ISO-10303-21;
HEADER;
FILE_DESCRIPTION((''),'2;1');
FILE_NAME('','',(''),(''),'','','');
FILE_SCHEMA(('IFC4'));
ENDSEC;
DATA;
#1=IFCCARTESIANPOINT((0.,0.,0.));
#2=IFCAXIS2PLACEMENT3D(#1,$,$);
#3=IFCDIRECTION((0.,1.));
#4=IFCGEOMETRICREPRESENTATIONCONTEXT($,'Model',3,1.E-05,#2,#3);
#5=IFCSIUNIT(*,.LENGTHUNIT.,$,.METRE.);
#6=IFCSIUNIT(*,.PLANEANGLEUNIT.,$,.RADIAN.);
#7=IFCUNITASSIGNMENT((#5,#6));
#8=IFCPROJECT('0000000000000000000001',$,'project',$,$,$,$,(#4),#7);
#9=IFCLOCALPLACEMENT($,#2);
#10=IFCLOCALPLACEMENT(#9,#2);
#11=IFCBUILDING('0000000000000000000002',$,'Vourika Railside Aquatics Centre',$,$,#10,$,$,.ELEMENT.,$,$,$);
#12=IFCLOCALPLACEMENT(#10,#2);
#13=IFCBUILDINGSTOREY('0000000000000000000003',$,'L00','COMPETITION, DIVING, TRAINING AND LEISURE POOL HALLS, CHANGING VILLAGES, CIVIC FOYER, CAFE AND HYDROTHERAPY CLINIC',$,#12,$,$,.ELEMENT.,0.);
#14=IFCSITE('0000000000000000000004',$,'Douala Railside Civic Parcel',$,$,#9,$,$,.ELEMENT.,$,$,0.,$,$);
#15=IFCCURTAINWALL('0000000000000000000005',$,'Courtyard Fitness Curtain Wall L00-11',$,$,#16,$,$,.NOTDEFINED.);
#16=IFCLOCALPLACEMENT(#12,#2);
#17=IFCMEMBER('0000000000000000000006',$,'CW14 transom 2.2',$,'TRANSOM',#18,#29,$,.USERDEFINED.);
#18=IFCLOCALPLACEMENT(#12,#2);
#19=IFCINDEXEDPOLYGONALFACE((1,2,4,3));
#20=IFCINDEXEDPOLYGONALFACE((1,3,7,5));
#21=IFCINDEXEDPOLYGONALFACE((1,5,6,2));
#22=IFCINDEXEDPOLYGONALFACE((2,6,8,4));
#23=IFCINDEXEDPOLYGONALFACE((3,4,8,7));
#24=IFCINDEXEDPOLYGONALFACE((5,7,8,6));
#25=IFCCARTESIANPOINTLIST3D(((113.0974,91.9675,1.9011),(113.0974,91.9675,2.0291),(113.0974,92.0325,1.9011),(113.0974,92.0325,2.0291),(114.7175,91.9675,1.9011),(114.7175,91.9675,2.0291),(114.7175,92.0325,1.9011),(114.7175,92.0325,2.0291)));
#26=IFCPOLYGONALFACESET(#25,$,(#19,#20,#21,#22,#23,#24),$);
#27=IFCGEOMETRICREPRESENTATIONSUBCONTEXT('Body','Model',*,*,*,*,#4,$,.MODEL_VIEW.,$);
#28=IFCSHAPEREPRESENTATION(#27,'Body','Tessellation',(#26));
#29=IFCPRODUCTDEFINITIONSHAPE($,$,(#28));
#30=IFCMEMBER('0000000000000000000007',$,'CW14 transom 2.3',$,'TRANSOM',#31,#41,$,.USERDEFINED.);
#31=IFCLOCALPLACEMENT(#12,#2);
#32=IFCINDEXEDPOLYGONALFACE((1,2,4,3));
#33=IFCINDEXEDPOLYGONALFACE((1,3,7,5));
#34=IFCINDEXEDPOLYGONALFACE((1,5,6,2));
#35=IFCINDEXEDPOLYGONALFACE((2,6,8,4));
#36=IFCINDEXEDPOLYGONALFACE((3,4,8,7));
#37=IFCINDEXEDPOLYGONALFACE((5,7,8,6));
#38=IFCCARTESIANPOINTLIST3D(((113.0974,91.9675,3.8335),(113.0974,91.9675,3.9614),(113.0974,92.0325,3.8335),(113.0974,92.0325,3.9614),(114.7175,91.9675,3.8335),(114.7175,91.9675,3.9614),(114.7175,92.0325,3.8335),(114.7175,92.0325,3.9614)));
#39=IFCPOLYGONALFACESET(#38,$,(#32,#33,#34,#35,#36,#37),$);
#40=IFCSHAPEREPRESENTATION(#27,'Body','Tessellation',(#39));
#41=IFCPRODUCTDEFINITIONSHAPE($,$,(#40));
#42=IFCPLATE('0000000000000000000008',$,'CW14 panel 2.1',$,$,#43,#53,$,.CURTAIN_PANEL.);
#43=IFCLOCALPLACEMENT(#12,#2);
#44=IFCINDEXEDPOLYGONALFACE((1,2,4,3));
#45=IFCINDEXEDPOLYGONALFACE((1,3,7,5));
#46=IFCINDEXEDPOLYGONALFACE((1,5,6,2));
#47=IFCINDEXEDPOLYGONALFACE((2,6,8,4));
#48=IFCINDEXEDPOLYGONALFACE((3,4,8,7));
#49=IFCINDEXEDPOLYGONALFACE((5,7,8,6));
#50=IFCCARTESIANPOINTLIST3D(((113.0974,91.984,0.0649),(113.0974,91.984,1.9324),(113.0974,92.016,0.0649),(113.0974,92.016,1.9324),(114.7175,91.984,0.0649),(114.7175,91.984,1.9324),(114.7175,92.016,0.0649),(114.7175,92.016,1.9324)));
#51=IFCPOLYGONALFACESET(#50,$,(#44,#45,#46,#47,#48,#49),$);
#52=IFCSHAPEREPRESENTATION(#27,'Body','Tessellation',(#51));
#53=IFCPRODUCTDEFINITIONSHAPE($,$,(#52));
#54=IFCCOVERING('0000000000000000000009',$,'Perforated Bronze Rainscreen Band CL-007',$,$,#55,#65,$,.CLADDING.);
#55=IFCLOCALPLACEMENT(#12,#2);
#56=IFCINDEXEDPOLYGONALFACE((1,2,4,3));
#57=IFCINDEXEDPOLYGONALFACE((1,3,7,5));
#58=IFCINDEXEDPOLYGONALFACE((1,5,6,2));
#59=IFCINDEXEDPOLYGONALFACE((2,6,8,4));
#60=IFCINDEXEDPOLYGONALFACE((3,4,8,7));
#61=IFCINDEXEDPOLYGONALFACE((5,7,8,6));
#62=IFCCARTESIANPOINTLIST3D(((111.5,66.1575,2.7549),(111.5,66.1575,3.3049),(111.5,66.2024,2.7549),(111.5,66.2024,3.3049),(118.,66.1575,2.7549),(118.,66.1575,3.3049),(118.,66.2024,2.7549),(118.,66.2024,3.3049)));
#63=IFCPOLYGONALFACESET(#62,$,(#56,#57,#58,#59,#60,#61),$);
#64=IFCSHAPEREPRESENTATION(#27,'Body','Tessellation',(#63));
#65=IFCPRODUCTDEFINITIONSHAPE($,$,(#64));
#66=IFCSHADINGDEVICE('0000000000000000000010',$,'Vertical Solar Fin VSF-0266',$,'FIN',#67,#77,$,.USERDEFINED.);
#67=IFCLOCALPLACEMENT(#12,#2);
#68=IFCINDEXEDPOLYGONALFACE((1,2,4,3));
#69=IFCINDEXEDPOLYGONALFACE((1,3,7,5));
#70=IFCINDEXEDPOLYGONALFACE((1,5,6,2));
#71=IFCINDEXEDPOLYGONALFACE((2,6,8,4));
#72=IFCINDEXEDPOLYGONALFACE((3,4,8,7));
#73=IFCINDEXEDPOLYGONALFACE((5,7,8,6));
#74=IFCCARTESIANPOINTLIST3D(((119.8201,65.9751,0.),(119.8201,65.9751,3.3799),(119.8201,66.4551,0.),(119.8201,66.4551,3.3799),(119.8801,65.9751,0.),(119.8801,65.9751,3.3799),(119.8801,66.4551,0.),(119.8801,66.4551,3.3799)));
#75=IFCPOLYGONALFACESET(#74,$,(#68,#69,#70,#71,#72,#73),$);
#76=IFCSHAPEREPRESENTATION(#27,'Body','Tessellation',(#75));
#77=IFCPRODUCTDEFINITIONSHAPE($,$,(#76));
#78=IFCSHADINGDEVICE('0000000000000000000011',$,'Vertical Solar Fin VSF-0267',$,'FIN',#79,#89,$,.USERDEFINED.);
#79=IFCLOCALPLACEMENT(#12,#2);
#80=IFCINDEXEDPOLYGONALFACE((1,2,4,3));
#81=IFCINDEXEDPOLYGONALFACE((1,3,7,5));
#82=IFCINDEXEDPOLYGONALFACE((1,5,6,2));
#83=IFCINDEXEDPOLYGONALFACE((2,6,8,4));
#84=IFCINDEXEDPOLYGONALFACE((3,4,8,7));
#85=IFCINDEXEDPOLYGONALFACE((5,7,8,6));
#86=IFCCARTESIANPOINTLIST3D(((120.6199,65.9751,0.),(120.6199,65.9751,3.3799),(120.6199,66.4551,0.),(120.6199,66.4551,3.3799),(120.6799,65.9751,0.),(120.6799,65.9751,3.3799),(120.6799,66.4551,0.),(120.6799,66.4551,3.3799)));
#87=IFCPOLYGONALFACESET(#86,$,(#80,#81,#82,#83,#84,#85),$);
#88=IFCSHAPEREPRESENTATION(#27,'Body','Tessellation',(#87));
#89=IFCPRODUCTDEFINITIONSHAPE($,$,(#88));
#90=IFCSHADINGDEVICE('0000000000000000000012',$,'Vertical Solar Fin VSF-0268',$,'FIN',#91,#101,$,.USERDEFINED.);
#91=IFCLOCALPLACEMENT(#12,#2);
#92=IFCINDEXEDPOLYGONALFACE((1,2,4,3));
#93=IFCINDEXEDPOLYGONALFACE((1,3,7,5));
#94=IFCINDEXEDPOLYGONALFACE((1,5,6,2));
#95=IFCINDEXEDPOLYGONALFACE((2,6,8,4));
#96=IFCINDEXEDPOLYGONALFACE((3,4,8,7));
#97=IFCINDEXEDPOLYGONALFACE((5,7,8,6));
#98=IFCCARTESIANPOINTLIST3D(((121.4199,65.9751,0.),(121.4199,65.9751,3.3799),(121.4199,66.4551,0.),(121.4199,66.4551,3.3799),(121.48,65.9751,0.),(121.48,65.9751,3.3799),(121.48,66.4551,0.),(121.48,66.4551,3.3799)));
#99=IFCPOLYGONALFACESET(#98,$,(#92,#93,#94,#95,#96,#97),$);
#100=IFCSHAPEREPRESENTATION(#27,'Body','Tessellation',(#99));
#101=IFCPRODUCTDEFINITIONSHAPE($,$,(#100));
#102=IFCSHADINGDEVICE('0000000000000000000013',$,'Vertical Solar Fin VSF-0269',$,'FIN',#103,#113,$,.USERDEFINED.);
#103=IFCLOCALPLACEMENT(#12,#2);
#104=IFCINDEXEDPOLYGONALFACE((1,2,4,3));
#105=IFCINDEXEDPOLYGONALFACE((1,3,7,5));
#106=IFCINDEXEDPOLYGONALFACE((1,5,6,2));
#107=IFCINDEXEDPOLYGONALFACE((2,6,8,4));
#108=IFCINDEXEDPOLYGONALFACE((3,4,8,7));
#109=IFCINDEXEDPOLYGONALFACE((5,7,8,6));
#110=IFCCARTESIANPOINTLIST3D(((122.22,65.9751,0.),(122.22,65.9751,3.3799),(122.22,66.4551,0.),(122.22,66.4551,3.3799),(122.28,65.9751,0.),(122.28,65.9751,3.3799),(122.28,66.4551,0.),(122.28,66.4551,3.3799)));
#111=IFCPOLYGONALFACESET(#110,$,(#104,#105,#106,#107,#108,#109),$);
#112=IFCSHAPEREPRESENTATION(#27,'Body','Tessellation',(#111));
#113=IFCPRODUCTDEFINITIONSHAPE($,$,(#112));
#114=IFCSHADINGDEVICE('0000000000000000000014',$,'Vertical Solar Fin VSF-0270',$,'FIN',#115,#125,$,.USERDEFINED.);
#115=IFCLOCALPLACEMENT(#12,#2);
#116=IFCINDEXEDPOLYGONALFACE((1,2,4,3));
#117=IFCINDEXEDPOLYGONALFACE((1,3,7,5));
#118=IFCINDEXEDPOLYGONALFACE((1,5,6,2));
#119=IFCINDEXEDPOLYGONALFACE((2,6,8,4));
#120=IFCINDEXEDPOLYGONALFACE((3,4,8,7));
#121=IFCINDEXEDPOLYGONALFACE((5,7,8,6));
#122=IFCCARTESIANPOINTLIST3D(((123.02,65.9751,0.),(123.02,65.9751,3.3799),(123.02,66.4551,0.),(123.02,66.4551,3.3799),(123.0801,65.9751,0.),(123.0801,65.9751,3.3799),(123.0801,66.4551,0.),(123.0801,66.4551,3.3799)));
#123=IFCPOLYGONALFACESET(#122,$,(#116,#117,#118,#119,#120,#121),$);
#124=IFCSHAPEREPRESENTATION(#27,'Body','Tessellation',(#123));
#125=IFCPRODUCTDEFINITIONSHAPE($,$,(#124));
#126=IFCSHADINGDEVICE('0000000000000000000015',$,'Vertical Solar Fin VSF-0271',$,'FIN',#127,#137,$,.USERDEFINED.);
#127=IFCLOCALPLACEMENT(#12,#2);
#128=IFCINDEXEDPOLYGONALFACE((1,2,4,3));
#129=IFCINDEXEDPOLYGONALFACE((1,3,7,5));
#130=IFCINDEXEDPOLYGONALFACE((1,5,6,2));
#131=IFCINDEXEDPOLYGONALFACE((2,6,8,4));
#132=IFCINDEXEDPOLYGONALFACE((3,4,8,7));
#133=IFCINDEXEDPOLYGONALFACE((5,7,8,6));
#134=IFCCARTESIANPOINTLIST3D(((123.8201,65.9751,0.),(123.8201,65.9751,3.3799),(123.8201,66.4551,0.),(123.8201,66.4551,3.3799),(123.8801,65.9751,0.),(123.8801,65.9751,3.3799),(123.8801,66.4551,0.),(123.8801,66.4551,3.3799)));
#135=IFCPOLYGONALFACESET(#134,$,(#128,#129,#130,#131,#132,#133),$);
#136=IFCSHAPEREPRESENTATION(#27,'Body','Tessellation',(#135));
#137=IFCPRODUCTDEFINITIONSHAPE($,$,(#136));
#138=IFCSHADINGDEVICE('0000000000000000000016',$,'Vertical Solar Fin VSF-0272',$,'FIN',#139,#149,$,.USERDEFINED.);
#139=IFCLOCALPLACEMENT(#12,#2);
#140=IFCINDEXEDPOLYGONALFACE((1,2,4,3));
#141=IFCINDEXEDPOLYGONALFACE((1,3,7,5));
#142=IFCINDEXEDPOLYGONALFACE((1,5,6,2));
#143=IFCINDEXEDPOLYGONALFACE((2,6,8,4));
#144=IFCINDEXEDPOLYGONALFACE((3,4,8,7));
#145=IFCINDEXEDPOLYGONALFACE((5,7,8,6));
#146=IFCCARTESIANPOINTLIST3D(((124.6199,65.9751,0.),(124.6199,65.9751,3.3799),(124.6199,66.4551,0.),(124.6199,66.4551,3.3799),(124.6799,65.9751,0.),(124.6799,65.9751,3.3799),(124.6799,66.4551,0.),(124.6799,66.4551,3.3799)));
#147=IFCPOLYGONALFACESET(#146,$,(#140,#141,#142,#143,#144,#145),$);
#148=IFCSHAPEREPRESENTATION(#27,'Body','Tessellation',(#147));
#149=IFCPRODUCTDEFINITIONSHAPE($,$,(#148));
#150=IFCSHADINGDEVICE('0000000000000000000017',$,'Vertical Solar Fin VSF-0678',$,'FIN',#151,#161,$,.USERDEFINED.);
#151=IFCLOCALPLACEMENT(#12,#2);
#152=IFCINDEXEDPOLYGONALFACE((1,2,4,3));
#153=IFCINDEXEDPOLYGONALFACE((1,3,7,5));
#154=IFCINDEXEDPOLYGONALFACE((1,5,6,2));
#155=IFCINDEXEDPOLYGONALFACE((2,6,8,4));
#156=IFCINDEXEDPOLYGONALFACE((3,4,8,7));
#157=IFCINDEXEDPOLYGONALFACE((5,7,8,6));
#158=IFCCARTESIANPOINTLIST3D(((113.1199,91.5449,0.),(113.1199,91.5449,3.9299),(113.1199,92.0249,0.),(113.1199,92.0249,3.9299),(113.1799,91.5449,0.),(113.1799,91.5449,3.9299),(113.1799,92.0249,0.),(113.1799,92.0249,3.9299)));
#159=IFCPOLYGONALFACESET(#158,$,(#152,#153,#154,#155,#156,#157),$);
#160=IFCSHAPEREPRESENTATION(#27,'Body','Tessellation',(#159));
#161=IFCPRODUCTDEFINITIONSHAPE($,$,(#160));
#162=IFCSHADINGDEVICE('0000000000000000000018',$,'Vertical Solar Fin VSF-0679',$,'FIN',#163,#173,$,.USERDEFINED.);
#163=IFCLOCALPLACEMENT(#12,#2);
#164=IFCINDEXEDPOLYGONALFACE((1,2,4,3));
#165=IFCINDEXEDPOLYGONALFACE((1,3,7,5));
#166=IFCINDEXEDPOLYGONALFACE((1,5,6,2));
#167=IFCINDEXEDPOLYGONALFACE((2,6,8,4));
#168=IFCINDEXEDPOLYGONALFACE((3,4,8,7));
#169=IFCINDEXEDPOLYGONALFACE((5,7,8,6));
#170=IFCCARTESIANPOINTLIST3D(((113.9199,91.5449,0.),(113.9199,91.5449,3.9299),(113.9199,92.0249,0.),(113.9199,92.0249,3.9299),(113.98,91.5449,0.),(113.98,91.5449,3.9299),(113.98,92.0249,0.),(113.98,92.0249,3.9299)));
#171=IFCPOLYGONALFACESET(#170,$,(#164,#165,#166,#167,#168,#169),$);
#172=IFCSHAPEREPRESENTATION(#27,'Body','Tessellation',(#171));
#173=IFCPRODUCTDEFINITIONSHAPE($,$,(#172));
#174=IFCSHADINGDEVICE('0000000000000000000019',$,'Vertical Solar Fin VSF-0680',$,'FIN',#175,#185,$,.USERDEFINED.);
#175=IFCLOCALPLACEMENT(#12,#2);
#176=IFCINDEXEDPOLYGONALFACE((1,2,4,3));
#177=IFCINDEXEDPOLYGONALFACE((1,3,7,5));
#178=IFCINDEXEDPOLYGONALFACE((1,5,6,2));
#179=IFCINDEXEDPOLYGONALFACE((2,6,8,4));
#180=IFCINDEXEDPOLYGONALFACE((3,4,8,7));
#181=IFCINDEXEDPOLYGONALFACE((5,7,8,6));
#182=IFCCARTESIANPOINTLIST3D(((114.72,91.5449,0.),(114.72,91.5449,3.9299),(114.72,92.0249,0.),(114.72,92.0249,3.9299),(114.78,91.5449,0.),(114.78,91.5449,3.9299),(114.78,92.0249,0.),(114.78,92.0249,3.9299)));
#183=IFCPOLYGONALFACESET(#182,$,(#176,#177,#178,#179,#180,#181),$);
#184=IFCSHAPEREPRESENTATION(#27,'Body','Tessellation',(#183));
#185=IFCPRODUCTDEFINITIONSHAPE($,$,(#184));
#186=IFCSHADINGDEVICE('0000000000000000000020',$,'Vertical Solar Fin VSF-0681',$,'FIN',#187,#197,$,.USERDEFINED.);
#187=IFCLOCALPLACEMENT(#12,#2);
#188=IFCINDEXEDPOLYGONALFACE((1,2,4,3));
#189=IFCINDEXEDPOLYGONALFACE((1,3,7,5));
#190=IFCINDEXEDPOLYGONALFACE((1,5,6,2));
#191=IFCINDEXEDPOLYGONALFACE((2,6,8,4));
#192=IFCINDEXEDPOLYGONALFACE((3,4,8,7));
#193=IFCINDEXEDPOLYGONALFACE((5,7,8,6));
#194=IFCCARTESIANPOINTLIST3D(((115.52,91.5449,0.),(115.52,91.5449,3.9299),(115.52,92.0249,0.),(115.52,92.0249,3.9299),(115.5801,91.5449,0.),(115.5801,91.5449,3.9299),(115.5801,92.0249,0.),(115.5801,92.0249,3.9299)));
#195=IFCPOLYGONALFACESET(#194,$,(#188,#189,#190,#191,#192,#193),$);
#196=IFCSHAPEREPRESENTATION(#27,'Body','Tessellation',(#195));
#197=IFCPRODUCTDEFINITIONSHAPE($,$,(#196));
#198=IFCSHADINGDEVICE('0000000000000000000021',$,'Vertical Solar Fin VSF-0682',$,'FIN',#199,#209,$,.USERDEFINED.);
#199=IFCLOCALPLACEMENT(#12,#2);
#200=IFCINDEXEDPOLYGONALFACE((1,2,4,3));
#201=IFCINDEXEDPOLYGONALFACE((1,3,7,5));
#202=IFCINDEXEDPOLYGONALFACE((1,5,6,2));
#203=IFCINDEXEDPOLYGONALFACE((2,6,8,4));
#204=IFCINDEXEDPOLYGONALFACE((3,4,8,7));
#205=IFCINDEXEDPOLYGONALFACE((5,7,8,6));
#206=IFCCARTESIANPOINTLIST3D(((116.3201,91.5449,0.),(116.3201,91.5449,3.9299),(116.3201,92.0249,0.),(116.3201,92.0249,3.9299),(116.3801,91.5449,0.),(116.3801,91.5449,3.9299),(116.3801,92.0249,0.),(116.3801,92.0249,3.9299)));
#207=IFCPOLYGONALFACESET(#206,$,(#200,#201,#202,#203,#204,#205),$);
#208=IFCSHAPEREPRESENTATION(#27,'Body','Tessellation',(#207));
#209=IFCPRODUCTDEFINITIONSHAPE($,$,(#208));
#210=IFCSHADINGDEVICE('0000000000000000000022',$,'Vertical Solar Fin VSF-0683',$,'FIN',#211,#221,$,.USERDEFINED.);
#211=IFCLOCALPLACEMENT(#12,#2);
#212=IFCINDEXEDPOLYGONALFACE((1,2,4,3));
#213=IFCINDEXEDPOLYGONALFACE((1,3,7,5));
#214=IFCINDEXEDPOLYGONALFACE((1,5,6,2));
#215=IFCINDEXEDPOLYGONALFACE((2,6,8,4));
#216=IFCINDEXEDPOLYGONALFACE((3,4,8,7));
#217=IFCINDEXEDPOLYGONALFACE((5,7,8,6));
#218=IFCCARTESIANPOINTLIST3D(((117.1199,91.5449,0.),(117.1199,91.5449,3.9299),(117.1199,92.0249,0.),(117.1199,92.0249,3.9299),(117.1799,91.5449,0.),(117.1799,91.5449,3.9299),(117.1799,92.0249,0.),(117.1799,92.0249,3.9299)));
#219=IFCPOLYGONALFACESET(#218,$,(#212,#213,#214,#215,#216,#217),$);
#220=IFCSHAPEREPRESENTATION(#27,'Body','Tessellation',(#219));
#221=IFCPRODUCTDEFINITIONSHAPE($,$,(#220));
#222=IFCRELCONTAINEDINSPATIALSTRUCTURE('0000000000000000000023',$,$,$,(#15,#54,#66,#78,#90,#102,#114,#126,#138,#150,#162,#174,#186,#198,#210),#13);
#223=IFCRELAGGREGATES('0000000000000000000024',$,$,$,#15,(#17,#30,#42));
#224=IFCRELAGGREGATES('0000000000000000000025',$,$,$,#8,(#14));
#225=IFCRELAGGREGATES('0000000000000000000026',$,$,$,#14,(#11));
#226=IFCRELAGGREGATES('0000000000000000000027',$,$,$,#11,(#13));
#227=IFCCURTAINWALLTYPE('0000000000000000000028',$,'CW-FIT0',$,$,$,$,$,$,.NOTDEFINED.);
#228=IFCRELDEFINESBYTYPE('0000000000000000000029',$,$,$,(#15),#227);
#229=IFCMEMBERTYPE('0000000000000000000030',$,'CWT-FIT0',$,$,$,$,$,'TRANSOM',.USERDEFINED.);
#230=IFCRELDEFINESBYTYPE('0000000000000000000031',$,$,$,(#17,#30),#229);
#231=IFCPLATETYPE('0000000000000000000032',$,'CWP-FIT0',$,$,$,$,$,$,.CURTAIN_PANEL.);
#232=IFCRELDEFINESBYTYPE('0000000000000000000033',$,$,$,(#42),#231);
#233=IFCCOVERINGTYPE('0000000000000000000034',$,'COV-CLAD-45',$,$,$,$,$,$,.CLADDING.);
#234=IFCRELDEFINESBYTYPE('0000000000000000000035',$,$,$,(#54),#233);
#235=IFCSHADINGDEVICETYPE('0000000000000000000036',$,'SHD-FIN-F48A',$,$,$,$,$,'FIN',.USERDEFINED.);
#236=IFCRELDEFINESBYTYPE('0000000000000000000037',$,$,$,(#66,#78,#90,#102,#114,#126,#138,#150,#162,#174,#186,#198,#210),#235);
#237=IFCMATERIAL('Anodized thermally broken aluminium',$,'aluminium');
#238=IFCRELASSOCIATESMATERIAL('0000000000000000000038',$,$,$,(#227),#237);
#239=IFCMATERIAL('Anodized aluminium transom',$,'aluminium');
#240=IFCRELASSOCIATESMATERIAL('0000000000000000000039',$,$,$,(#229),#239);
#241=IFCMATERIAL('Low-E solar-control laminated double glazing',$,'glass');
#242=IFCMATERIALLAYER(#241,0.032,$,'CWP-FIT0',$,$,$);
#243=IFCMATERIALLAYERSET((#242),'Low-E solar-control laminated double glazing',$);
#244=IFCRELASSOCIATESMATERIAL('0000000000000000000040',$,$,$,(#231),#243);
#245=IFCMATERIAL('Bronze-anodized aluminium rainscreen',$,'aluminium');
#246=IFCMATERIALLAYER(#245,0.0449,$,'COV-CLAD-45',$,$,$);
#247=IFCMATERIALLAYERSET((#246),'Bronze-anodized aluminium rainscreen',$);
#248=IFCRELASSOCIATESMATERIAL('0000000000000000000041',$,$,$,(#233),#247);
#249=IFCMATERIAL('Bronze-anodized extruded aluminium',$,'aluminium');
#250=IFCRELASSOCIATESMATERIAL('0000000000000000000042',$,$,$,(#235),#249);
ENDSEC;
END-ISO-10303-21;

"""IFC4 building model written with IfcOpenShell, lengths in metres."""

from ifc_helpers import new_model, si_unit, direction, frame, origin, origin_2d, place, context, subcontext, project, spatial, rectangle, extrude, material, layer, layer_set, material_profile, profile_set, type_object, element, aggregate, save


model = new_model("IFC4")

# Units and contexts
model_context = context("Model", 3, precision=1e-05, world=origin(), true_north=direction((0.0, 1.0)))
body_context = subcontext(model_context, "Body", "Model", "MODEL_VIEW")
ifc_project = project(units=[si_unit("LENGTHUNIT", "METRE"), si_unit("PLANEANGLEUNIT", "RADIAN")], contexts=[model_context])

# Site, building, storey
site_placement = place(None, origin())
site = spatial("IfcSite", under=ifc_project, at=site_placement, Name="Douala Railside Civic Parcel", CompositionType="ELEMENT", RefElevation=0.0)
building_placement = place(site_placement, origin())
building = spatial("IfcBuilding", under=site, at=building_placement, Name="Vourika Railside Aquatics Centre", CompositionType="ELEMENT")
storey_placement = place(building_placement, origin())
storey = spatial("IfcBuildingStorey", under=building, at=storey_placement, Name="L00", Description="COMPETITION, DIVING, TRAINING AND LEISURE POOL HALLS, CHANGING VILLAGES, CIVIC FOYER, CAFE AND HYDROTHERAPY CLINIC", CompositionType="ELEMENT", Elevation=0.0)

# Curtain wall, members, plate
ifc_material_1 = material(Name="Anodized thermally broken aluminium", Category="aluminium")
curtain_wall_type = type_object("IfcCurtainWallType", Name="CW-FIT0", PredefinedType="NOTDEFINED", material=ifc_material_1)
curtain_wall_placement = place(storey_placement, origin())
curtain_wall = element("IfcCurtainWall", 1, at=curtain_wall_placement, inside=storey, type_object=curtain_wall_type, Name="Courtyard Fitness Curtain Wall L00-11", PredefinedType="NOTDEFINED")
ifc_material_2 = material(Name="Anodized aluminium transom", Category="aluminium")
ifc_material_profile_1 = material_profile(ifc_material_2, rectangle(XDim=0.0649, YDim=0.1279, at=origin_2d()), Name="ALU-T 65x128")
ifc_profile_set_1 = profile_set([ifc_material_profile_1], Name="Anodized aluminium transom")
member_type = type_object("IfcMemberType", Name="CWT-FIT0", ElementType="TRANSOM", PredefinedType="USERDEFINED", material=ifc_profile_set_1)
member_1_placement = place(storey_placement, frame((113.0974, 92.0, 1.9651), z_axis=(1.0, 0.0, 0.0), x_axis=(0.0, 1.0, 0.0)))
member_1 = element("IfcMember", 2, at=member_1_placement, type_object=member_type, Name="CW14 transom 2.2", ObjectType="TRANSOM", PredefinedType="USERDEFINED", context=body_context, shape_type="SweptSolid", body=[
    extrude(rectangle(XDim=0.0649, YDim=0.1279, at=origin_2d()), origin(), (0.0, 0.0, 1.0), 1.6201),
])
member_2_placement = place(storey_placement, frame((113.0974, 92.0, 3.8975), z_axis=(1.0, 0.0, 0.0), x_axis=(0.0, 1.0, 0.0)))
member_2 = element("IfcMember", 3, at=member_2_placement, type_object=member_type, Name="CW14 transom 2.3", ObjectType="TRANSOM", PredefinedType="USERDEFINED", context=body_context, shape_type="SweptSolid", body=[
    extrude(rectangle(XDim=0.0649, YDim=0.1279, at=origin_2d()), origin(), (0.0, 0.0, 1.0), 1.6201),
])
ifc_material_3 = material(Name="Low-E solar-control laminated double glazing", Category="glass")
ifc_layer_1 = layer(ifc_material_3, 0.032, Name="CWP-FIT0")
ifc_layer_set_1 = layer_set([ifc_layer_1], Name="Low-E solar-control laminated double glazing")
plate_type = type_object("IfcPlateType", Name="CWP-FIT0", PredefinedType="CURTAIN_PANEL", material=ifc_layer_set_1)
plate_placement = place(storey_placement, frame((113.9075, 92.0, 0.0649), z_axis=(0.0, 0.0, 1.0), x_axis=(1.0, 0.0, 0.0)))
plate = element("IfcPlate", 4, at=plate_placement, type_object=plate_type, Name="CW14 panel 2.1", PredefinedType="CURTAIN_PANEL", context=body_context, shape_type="SweptSolid", body=[
    extrude(rectangle(XDim=1.6201, YDim=0.032, at=origin_2d()), origin(), (0.0, 0.0, 1.0), 1.8674),
])
aggregate(curtain_wall, [member_1, member_2, plate])

# Covering
ifc_material_4 = material(Name="Bronze-anodized aluminium rainscreen", Category="aluminium")
ifc_layer_2 = layer(ifc_material_4, 0.0449, Name="COV-CLAD-45")
ifc_layer_set_2 = layer_set([ifc_layer_2], Name="Bronze-anodized aluminium rainscreen")
covering_type = type_object("IfcCoveringType", Name="COV-CLAD-45", PredefinedType="CLADDING", material=ifc_layer_set_2)
covering_placement = place(storey_placement, frame((114.75, 66.1799, 2.7549), z_axis=(0.0, 0.0, 1.0), x_axis=(-1.0, 0.0, 0.0)))
element("IfcCovering", 5, at=covering_placement, inside=storey, type_object=covering_type, Name="Perforated Bronze Rainscreen Band CL-007", PredefinedType="CLADDING", context=body_context, shape_type="SweptSolid", body=[
    extrude(rectangle(XDim=6.5, YDim=0.0449, at=origin_2d()), origin(), (0.0, 0.0, 1.0), 0.55),
])

# Shading devices
ifc_material_5 = material(Name="Bronze-anodized extruded aluminium", Category="aluminium")
ifc_material_profile_2 = material_profile(ifc_material_5, rectangle(XDim=0.0601, YDim=0.48, at=origin_2d()), Name="ALU-FIN 60x480")
ifc_profile_set_2 = profile_set([ifc_material_profile_2], Name="Bronze-anodized extruded aluminium")
shading_device_type = type_object("IfcShadingDeviceType", Name="SHD-FIN-F48A", ElementType="FIN", PredefinedType="USERDEFINED", material=ifc_profile_set_2)
for number, where, z_axis, x_axis, name in (
    (6, (119.8501, 66.2151, 0.0), (0.0, 0.0, 1.0), (1.0, 0.0, 0.0), "Vertical Solar Fin VSF-0266"),
    (7, (120.6499, 66.2151, 0.0), (0.0, 0.0, 1.0), (1.0, 0.0, 0.0), "Vertical Solar Fin VSF-0267"),
    (8, (121.45, 66.2151, 0.0), (0.0, 0.0, 1.0), (1.0, 0.0, 0.0), "Vertical Solar Fin VSF-0268"),
    (9, (122.25, 66.2151, 0.0), (0.0, 0.0, 1.0), (1.0, 0.0, 0.0), "Vertical Solar Fin VSF-0269"),
    (10, (123.05, 66.2151, 0.0), (0.0, 0.0, 1.0), (1.0, 0.0, 0.0), "Vertical Solar Fin VSF-0270"),
    (11, (123.8501, 66.2151, 0.0), (0.0, 0.0, 1.0), (1.0, 0.0, 0.0), "Vertical Solar Fin VSF-0271"),
    (12, (124.6499, 66.2151, 0.0), (0.0, 0.0, 1.0), (1.0, 0.0, 0.0), "Vertical Solar Fin VSF-0272"),
):
    element("IfcShadingDevice", number, at=place(storey_placement, frame(where, z_axis=z_axis, x_axis=x_axis)), inside=storey, type_object=shading_device_type, Name=name, ObjectType="FIN", PredefinedType="USERDEFINED", context=body_context, shape_type="SweptSolid", body=[
        extrude(rectangle(XDim=0.0601, YDim=0.48, at=origin_2d()), origin(), (0.0, 0.0, 1.0), 3.3799),
    ])
for number, where, z_axis, x_axis, name in (
    (13, (113.1499, 91.7849, 0.0), (0.0, 0.0, 1.0), (-1.0, 0.0, 0.0), "Vertical Solar Fin VSF-0678"),
    (14, (113.95, 91.7849, 0.0), (0.0, 0.0, 1.0), (-1.0, 0.0, 0.0), "Vertical Solar Fin VSF-0679"),
    (15, (114.75, 91.7849, 0.0), (0.0, 0.0, 1.0), (-1.0, 0.0, 0.0), "Vertical Solar Fin VSF-0680"),
    (16, (115.55, 91.7849, 0.0), (0.0, 0.0, 1.0), (-1.0, 0.0, 0.0), "Vertical Solar Fin VSF-0681"),
    (17, (116.3501, 91.7849, 0.0), (0.0, 0.0, 1.0), (-1.0, 0.0, 0.0), "Vertical Solar Fin VSF-0682"),
    (18, (117.1499, 91.7849, 0.0), (0.0, 0.0, 1.0), (-1.0, 0.0, 0.0), "Vertical Solar Fin VSF-0683"),
):
    element("IfcShadingDevice", number, at=place(storey_placement, frame(where, z_axis=z_axis, x_axis=x_axis)), inside=storey, type_object=shading_device_type, Name=name, ObjectType="FIN", PredefinedType="USERDEFINED", context=body_context, shape_type="SweptSolid", body=[
        extrude(rectangle(XDim=0.0601, YDim=0.48, at=origin_2d()), origin(), (0.0, 0.0, 1.0), 3.9299),
    ])

save(model, "model.ifc")
